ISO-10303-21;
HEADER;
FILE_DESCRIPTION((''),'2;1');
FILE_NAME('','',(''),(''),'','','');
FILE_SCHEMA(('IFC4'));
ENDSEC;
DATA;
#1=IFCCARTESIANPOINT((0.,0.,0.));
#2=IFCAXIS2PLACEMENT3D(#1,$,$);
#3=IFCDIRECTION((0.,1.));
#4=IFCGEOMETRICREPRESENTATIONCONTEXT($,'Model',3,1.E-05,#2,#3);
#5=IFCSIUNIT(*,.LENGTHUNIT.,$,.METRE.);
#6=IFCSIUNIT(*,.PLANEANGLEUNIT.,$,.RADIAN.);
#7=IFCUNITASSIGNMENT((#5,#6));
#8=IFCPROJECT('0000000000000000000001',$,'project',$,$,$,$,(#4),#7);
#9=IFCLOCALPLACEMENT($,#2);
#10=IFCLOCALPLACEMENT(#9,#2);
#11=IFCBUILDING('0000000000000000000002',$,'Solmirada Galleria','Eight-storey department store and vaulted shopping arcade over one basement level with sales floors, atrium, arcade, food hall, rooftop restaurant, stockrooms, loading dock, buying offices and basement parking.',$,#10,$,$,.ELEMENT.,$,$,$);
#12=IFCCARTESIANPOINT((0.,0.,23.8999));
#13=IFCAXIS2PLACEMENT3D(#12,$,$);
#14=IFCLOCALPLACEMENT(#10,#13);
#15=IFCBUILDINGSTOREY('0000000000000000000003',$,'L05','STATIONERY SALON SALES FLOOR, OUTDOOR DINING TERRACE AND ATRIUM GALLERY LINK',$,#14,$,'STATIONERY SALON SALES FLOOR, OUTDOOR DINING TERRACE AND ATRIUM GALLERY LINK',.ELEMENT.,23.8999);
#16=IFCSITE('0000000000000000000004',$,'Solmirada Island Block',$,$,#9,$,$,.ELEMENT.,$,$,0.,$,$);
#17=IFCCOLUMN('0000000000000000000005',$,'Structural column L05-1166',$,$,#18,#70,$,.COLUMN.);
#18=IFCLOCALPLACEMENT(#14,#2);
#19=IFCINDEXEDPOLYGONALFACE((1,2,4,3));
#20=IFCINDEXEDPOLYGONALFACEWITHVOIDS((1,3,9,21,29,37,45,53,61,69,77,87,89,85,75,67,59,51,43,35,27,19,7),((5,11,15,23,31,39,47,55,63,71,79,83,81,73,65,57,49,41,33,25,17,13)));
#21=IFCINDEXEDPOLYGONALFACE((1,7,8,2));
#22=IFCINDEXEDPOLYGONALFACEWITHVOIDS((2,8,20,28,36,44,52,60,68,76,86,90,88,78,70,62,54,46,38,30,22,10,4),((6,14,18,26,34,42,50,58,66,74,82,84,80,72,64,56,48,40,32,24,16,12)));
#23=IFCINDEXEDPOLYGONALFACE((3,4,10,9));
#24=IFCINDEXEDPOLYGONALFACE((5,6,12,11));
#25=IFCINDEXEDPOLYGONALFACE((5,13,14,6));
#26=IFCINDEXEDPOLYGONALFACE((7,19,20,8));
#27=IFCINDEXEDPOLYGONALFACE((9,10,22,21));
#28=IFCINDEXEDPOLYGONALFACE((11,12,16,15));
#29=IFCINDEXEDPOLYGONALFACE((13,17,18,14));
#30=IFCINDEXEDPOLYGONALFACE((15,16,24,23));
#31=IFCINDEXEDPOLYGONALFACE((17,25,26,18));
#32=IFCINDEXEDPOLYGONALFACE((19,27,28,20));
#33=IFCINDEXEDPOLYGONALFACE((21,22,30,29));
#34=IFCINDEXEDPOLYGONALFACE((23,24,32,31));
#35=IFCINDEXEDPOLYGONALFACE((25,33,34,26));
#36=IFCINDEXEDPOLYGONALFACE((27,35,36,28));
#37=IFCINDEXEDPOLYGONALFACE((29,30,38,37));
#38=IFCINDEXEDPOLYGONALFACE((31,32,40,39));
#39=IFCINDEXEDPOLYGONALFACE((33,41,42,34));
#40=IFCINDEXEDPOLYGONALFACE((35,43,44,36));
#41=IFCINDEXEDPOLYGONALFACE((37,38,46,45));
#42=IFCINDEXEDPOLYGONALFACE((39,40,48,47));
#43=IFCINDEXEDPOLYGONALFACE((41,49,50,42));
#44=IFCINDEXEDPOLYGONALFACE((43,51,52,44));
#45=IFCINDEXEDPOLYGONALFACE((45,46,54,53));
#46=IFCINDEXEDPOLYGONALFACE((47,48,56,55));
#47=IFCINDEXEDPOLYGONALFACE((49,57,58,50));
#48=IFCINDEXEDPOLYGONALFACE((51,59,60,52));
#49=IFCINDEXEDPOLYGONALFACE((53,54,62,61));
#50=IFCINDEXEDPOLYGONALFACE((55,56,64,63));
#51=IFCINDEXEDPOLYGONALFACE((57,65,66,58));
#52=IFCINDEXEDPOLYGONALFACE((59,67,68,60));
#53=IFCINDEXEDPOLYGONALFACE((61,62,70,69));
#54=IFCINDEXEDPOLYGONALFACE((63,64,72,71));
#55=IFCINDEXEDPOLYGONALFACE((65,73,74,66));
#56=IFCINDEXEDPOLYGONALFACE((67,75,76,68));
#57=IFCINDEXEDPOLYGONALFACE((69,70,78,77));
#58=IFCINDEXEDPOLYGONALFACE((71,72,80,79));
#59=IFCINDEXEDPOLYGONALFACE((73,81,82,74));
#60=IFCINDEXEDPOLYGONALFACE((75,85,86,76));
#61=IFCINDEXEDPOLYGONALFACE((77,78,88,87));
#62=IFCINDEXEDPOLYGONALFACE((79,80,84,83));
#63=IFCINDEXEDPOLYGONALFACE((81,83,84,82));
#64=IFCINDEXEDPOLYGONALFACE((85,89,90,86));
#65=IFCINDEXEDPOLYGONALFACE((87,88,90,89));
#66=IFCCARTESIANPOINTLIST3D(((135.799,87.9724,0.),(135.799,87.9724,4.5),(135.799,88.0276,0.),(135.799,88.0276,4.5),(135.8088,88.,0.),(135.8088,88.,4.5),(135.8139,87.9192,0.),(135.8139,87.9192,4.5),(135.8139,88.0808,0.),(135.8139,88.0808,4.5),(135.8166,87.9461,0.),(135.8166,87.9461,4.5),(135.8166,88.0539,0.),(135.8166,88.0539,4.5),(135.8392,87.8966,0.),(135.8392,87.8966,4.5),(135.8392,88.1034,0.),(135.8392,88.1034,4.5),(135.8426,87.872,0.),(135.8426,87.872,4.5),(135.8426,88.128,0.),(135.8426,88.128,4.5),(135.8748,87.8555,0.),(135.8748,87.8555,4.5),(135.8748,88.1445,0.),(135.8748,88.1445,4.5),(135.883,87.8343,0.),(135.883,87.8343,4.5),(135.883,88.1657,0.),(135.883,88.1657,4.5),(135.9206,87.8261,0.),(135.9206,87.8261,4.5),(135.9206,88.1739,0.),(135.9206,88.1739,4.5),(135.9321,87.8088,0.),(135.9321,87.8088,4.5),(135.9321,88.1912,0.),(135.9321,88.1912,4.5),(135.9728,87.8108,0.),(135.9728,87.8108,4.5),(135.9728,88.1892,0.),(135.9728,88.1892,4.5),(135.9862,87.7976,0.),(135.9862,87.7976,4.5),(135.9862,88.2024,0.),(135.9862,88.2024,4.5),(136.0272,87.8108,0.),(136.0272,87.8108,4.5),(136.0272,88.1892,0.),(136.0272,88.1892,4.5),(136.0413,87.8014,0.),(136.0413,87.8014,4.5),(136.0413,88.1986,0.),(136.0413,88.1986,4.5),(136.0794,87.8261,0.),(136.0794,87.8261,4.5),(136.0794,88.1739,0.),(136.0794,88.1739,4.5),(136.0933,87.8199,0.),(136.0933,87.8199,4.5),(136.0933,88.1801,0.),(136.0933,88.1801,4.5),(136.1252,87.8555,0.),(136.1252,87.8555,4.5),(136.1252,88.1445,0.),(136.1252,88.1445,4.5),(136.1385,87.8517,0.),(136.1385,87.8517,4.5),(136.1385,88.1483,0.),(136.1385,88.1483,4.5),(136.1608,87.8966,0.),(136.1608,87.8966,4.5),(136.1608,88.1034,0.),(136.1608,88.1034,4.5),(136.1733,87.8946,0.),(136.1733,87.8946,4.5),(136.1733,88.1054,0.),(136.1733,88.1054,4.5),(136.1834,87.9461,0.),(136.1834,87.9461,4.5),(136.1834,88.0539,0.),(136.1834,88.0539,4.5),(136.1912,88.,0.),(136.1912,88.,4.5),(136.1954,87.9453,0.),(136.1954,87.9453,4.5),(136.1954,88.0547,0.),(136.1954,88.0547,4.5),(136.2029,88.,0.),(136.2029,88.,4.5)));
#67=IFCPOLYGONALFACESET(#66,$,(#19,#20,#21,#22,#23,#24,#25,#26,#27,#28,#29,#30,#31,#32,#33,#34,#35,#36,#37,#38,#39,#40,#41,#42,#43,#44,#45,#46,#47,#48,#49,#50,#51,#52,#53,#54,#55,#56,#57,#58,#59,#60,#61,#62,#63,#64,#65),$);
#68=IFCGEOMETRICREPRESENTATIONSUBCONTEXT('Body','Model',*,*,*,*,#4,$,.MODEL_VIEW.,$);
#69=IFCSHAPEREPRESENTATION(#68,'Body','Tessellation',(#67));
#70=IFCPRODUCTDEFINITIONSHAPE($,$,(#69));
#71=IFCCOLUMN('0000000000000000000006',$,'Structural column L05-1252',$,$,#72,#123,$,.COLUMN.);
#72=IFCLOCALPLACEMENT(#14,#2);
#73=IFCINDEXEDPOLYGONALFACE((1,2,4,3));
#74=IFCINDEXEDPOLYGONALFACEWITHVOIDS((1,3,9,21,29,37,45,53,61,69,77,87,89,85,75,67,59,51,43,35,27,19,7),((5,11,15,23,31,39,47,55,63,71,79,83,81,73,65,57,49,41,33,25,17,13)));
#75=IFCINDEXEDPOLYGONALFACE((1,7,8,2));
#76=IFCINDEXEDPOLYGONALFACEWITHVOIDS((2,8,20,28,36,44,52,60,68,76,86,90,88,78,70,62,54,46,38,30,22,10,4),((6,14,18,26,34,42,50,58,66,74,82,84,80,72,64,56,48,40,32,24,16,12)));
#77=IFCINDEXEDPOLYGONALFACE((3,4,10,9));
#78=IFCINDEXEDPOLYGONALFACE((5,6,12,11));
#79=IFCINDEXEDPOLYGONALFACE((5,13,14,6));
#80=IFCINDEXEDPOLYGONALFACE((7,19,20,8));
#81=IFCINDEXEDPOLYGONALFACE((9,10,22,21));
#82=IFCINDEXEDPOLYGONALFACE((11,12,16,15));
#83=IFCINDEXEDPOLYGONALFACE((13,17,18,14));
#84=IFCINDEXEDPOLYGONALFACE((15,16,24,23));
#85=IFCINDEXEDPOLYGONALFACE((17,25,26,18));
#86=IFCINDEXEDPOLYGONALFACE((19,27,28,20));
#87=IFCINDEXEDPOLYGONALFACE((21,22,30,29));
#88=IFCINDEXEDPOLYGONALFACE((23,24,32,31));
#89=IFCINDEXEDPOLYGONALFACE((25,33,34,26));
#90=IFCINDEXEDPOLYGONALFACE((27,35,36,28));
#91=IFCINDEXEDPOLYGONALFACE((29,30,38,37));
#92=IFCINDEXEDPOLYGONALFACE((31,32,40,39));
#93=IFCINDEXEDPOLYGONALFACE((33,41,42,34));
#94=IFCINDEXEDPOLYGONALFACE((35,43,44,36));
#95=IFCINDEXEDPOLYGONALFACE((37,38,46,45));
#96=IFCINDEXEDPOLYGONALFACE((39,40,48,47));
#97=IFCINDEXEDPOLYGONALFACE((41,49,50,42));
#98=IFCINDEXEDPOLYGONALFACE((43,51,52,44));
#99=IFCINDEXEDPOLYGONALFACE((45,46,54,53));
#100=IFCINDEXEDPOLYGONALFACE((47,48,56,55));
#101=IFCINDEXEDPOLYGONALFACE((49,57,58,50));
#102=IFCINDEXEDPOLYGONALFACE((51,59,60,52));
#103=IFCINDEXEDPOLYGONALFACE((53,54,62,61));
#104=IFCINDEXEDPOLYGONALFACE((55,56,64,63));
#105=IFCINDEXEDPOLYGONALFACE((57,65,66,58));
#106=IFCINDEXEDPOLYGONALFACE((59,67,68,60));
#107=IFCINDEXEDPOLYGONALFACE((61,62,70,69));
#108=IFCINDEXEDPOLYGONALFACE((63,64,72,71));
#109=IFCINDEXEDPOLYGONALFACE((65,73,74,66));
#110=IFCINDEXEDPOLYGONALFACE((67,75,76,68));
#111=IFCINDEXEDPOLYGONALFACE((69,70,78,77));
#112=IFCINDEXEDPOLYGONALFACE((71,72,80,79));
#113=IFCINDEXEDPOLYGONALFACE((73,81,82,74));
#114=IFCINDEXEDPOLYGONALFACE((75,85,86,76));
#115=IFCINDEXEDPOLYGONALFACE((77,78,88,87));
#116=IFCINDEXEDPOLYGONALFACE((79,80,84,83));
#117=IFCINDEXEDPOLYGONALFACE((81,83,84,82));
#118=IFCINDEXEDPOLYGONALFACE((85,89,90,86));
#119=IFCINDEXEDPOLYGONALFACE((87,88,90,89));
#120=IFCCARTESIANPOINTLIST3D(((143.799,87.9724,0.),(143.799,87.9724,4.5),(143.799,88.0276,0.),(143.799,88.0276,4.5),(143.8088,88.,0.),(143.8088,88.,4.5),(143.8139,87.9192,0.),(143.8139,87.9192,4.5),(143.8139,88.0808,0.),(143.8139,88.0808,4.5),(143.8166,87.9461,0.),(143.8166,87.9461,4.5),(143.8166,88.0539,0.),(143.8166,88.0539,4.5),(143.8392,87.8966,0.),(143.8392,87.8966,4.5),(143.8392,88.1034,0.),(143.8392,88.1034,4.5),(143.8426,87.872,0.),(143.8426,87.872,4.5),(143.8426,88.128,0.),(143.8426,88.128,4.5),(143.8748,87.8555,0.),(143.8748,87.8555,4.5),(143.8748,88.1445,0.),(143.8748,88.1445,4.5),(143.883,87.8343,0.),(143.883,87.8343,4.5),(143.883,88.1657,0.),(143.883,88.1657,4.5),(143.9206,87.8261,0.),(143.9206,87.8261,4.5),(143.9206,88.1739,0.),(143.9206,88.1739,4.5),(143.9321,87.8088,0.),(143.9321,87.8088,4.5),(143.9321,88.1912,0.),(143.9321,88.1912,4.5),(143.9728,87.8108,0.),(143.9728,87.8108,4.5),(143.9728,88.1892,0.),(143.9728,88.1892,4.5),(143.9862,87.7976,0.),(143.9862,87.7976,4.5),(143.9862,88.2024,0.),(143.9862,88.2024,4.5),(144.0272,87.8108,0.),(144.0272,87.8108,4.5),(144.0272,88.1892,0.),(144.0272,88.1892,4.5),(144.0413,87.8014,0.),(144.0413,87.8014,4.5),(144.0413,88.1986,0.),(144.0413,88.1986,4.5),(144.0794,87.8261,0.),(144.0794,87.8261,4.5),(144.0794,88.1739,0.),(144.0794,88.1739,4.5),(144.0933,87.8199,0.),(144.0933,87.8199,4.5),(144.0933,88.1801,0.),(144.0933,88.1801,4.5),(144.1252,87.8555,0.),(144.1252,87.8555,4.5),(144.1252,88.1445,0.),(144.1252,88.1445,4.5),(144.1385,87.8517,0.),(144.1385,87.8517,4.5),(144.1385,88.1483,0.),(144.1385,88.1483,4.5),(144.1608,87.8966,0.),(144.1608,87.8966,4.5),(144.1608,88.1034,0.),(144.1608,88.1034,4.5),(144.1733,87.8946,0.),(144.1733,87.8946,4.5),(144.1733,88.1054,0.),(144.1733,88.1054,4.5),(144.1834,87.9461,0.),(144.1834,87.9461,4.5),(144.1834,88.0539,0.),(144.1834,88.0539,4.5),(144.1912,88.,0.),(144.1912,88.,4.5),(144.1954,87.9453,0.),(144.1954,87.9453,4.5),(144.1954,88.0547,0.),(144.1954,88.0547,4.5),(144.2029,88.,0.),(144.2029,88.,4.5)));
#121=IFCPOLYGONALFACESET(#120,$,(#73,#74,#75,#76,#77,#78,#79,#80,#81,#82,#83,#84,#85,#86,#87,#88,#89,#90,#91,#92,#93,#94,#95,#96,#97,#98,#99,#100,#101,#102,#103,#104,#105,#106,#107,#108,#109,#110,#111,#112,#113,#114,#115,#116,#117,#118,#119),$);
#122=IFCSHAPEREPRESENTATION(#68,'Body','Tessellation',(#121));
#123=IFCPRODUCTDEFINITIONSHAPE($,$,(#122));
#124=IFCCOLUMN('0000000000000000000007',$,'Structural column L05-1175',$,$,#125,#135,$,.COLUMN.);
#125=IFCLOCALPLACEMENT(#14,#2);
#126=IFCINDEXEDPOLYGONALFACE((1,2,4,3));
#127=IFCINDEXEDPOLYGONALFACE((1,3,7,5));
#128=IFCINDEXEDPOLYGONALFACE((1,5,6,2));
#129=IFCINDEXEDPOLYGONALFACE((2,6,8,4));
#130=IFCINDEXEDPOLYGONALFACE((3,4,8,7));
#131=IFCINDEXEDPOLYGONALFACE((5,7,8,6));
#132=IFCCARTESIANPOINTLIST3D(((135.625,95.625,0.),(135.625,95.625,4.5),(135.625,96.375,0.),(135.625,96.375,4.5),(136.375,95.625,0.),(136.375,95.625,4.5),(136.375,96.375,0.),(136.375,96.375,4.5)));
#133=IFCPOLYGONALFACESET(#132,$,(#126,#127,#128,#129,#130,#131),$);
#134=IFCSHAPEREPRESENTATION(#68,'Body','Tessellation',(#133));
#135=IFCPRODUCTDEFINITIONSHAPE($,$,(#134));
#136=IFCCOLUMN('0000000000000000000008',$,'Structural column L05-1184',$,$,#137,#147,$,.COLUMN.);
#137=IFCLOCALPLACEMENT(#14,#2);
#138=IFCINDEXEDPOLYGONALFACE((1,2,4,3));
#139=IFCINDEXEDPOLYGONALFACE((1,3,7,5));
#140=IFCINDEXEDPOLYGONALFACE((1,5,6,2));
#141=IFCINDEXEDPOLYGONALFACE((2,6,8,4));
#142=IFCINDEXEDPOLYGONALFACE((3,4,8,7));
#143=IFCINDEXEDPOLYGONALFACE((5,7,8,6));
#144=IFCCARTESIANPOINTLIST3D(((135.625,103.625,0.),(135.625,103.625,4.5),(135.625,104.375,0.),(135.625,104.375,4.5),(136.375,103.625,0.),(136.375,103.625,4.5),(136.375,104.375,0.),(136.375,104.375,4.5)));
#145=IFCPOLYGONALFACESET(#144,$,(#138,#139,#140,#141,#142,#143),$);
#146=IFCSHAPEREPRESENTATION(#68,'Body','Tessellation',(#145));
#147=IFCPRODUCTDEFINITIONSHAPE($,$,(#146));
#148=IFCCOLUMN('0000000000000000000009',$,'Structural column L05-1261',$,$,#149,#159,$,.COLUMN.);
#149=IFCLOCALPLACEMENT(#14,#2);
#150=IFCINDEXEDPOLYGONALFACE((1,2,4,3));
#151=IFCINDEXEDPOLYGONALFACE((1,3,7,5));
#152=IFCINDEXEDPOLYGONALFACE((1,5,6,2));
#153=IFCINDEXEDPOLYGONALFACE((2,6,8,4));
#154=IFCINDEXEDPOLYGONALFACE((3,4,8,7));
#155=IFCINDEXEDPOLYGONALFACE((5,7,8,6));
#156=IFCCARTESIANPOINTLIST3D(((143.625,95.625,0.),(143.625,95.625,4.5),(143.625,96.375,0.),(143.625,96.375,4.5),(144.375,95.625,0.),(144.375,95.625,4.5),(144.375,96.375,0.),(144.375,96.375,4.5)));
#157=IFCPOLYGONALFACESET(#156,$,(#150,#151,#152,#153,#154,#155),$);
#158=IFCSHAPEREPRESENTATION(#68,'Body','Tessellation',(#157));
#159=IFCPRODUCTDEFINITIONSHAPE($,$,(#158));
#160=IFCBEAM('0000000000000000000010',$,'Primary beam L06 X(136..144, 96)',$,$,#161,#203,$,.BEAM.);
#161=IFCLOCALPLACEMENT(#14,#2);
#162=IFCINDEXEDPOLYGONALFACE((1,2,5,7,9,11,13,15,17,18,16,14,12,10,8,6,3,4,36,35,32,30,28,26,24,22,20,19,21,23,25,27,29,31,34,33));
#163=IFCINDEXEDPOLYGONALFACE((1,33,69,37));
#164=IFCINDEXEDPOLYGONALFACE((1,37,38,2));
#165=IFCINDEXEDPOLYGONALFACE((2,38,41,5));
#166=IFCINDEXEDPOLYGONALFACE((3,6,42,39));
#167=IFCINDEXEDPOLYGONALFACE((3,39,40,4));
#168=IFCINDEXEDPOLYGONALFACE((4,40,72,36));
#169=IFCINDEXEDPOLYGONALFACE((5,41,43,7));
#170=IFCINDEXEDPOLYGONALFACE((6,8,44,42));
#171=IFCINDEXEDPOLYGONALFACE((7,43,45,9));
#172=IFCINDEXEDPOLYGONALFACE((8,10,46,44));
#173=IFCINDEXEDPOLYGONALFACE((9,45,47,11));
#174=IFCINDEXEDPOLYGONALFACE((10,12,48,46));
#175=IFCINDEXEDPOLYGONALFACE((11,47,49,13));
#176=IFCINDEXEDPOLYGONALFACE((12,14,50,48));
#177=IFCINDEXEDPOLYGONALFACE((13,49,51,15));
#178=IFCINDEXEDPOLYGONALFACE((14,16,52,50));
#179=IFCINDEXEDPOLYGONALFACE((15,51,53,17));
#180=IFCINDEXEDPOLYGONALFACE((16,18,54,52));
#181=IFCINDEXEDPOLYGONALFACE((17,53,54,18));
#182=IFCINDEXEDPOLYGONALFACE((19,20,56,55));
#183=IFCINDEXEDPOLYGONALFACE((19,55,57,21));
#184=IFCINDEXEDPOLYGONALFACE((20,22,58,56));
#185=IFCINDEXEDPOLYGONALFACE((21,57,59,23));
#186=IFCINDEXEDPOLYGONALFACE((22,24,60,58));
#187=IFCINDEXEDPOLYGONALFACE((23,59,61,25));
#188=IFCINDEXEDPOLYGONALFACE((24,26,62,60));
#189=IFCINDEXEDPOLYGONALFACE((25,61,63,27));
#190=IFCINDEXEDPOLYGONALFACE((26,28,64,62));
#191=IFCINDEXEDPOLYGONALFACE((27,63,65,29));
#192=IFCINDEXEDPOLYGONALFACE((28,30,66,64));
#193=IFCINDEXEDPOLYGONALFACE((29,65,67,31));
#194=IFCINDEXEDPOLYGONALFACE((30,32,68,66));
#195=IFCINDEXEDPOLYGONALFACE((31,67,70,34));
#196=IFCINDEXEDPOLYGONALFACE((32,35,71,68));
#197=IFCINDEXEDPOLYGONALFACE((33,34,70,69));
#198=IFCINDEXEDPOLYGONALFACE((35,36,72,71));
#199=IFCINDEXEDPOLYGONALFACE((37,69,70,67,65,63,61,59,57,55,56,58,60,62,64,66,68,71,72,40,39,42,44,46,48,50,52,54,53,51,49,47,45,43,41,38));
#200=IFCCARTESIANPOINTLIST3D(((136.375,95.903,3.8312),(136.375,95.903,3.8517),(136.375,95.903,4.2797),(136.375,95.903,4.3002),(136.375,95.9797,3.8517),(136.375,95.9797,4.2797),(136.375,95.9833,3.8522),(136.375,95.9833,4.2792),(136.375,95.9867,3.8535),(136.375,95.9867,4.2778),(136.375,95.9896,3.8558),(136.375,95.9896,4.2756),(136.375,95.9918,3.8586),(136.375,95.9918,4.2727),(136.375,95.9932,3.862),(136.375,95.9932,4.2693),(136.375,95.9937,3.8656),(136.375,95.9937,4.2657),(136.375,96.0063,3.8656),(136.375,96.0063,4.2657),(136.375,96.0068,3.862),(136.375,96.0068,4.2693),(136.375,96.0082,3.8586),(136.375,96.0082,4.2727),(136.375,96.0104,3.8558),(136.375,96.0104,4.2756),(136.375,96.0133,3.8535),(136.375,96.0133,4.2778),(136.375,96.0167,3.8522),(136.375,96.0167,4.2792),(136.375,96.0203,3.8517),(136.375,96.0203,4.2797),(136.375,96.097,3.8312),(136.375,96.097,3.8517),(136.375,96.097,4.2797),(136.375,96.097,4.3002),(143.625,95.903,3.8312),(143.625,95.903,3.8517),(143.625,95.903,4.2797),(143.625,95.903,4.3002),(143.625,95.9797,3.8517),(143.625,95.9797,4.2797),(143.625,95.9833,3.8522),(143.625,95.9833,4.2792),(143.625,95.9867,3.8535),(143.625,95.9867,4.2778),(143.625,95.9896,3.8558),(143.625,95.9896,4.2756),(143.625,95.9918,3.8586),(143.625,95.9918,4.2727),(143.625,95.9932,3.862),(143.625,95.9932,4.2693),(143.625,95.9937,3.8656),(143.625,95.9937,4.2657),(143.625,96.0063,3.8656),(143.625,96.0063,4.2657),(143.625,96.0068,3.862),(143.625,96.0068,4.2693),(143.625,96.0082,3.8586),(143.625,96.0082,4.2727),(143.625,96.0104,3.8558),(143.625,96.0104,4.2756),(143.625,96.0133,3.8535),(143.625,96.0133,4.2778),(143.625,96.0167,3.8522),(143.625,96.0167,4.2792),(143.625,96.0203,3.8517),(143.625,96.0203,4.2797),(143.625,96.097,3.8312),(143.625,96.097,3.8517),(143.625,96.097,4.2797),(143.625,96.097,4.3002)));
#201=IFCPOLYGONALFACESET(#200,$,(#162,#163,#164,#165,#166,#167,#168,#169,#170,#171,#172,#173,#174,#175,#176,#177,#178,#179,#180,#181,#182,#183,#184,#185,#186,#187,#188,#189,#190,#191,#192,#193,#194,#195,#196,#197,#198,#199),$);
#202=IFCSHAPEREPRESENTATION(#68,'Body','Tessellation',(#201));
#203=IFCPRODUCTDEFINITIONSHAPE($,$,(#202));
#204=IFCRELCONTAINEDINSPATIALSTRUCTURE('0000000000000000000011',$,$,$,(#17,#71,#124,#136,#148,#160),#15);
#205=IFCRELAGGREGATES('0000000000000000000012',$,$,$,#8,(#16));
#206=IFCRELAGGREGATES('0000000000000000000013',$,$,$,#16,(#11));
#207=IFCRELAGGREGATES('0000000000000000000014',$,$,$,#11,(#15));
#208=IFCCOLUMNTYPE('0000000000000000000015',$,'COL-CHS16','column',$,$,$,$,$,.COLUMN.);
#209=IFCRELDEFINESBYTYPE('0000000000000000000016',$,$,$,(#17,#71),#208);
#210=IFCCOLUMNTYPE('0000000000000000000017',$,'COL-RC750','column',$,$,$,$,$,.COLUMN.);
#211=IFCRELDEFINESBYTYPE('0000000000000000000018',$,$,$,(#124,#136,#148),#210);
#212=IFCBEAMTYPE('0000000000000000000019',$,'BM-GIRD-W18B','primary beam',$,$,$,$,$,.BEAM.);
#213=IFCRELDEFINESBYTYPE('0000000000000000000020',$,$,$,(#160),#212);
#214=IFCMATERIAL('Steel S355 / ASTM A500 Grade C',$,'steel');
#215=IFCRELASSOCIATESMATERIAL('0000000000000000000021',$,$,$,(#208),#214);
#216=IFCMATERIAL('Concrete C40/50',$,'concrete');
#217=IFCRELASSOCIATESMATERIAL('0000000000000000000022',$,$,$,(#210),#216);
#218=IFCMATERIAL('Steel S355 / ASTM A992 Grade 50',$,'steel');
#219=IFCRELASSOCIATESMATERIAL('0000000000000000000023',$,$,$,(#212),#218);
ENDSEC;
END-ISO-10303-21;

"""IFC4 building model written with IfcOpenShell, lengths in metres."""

from ifc_helpers import new_model, si_unit, direction, frame, origin, origin_2d, place, context, subcontext, project, spatial, rectangle, hollow_circle, i_section, extrude, material, material_profile, profile_set, type_object, element, save


model = new_model("IFC4")

# Units and contexts
model_context = context("Model", 3, precision=1e-05, world=origin(), true_north=direction((0.0, 1.0)))
body_context = subcontext(model_context, "Body", "Model", "MODEL_VIEW")
ifc_project = project(units=[si_unit("LENGTHUNIT", "METRE"), si_unit("PLANEANGLEUNIT", "RADIAN")], contexts=[model_context])

# Site, building, storey
site_placement = place(None, origin())
site = spatial("IfcSite", under=ifc_project, at=site_placement, Name="Solmirada Island Block", CompositionType="ELEMENT", RefElevation=0.0)
building_placement = place(site_placement, origin())
building = spatial("IfcBuilding", under=site, at=building_placement, Name="Solmirada Galleria", Description="Eight-storey department store and vaulted shopping arcade over one basement level with sales floors, atrium, arcade, food hall, rooftop restaurant, stockrooms, loading dock, buying offices and basement parking.", CompositionType="ELEMENT")
storey_placement = place(building_placement, frame((0.0, 0.0, 23.8999)))
storey = spatial("IfcBuildingStorey", under=building, at=storey_placement, Name="L05", Description="STATIONERY SALON SALES FLOOR, OUTDOOR DINING TERRACE AND ATRIUM GALLERY LINK", LongName="STATIONERY SALON SALES FLOOR, OUTDOOR DINING TERRACE AND ATRIUM GALLERY LINK", CompositionType="ELEMENT", Elevation=23.8999)

# Columns
ifc_material_1 = material(Name="Steel S355 / ASTM A500 Grade C", Category="steel")
ifc_material_profile_1 = material_profile(ifc_material_1, hollow_circle(Radius=0.2029, WallThickness=0.0117, at=origin_2d()), Name="HSS16.000X0.500")
ifc_profile_set_1 = profile_set([ifc_material_profile_1], Name="Steel S355 / ASTM A500 Grade C")
column_type_1 = type_object("IfcColumnType", Name="COL-CHS16", Description="column", PredefinedType="COLUMN", material=ifc_profile_set_1)
for number, where, z_axis, x_axis, name in (
    (1, (136.0, 88.0, 0.0), (0.0, 0.0, 1.0), (1.0, 0.0, 0.0), "Structural column L05-1166"),
    (2, (144.0, 88.0, 0.0), (0.0, 0.0, 1.0), (1.0, 0.0, 0.0), "Structural column L05-1252"),
):
    element("IfcColumn", number, at=place(storey_placement, frame(where, z_axis=z_axis, x_axis=x_axis)), inside=storey, type_object=column_type_1, Name=name, PredefinedType="COLUMN", context=body_context, shape_type="SweptSolid", body=[
        extrude(hollow_circle(Radius=0.2029, WallThickness=0.0117, at=origin_2d()), origin(), (0.0, 0.0, 1.0), 4.5),
    ])
ifc_material_2 = material(Name="Concrete C40/50", Category="concrete")
ifc_material_profile_2 = material_profile(ifc_material_2, rectangle(XDim=0.75, YDim=0.75, at=origin_2d()), Name="RC750X750")
ifc_profile_set_2 = profile_set([ifc_material_profile_2], Name="Concrete C40/50")
column_type_2 = type_object("IfcColumnType", Name="COL-RC750", Description="column", PredefinedType="COLUMN", material=ifc_profile_set_2)
for number, where, z_axis, x_axis, name in (
    (3, (136.0, 96.0, 0.0), (0.0, 0.0, 1.0), (1.0, 0.0, 0.0), "Structural column L05-1175"),
    (4, (136.0, 104.0, 0.0), (0.0, 0.0, 1.0), (1.0, 0.0, 0.0), "Structural column L05-1184"),
    (5, (144.0, 96.0, 0.0), (0.0, 0.0, 1.0), (1.0, 0.0, 0.0), "Structural column L05-1261"),
):
    element("IfcColumn", number, at=place(storey_placement, frame(where, z_axis=z_axis, x_axis=x_axis)), inside=storey, type_object=column_type_2, Name=name, PredefinedType="COLUMN", context=body_context, shape_type="SweptSolid", body=[
        extrude(rectangle(XDim=0.75, YDim=0.75, at=origin_2d()), origin(), (0.0, 0.0, 1.0), 4.5),
    ])

# Beam
ifc_material_3 = material(Name="Steel S355 / ASTM A992 Grade 50", Category="steel")
ifc_material_profile_3 = material_profile(ifc_material_3, i_section(OverallWidth=0.1941, OverallDepth=0.469, WebThickness=0.0127, FlangeThickness=0.0205, FilletRadius=0.0139, at=origin_2d()), Name="W18X71")
ifc_profile_set_3 = profile_set([ifc_material_profile_3], Name="Steel S355 / ASTM A992 Grade 50")
beam_type_1 = type_object("IfcBeamType", Name="BM-GIRD-W18B", Description="primary beam", PredefinedType="BEAM", material=ifc_profile_set_3)
beam_1_placement = place(storey_placement, frame((136.375, 96.0, 4.0657), z_axis=(1.0, 0.0, 0.0), x_axis=(0.0, 1.0, 0.0)))
element("IfcBeam", 6, at=beam_1_placement, inside=storey, type_object=beam_type_1, Name="Primary beam L06 X(136..144, 96)", PredefinedType="BEAM", context=body_context, shape_type="SweptSolid", body=[
    extrude(i_section(OverallWidth=0.1941, OverallDepth=0.469, WebThickness=0.0127, FlangeThickness=0.0205, FilletRadius=0.0139, at=origin_2d()), origin(), (0.0, 0.0, 1.0), 7.25),
])

save(model, "model.ifc")
